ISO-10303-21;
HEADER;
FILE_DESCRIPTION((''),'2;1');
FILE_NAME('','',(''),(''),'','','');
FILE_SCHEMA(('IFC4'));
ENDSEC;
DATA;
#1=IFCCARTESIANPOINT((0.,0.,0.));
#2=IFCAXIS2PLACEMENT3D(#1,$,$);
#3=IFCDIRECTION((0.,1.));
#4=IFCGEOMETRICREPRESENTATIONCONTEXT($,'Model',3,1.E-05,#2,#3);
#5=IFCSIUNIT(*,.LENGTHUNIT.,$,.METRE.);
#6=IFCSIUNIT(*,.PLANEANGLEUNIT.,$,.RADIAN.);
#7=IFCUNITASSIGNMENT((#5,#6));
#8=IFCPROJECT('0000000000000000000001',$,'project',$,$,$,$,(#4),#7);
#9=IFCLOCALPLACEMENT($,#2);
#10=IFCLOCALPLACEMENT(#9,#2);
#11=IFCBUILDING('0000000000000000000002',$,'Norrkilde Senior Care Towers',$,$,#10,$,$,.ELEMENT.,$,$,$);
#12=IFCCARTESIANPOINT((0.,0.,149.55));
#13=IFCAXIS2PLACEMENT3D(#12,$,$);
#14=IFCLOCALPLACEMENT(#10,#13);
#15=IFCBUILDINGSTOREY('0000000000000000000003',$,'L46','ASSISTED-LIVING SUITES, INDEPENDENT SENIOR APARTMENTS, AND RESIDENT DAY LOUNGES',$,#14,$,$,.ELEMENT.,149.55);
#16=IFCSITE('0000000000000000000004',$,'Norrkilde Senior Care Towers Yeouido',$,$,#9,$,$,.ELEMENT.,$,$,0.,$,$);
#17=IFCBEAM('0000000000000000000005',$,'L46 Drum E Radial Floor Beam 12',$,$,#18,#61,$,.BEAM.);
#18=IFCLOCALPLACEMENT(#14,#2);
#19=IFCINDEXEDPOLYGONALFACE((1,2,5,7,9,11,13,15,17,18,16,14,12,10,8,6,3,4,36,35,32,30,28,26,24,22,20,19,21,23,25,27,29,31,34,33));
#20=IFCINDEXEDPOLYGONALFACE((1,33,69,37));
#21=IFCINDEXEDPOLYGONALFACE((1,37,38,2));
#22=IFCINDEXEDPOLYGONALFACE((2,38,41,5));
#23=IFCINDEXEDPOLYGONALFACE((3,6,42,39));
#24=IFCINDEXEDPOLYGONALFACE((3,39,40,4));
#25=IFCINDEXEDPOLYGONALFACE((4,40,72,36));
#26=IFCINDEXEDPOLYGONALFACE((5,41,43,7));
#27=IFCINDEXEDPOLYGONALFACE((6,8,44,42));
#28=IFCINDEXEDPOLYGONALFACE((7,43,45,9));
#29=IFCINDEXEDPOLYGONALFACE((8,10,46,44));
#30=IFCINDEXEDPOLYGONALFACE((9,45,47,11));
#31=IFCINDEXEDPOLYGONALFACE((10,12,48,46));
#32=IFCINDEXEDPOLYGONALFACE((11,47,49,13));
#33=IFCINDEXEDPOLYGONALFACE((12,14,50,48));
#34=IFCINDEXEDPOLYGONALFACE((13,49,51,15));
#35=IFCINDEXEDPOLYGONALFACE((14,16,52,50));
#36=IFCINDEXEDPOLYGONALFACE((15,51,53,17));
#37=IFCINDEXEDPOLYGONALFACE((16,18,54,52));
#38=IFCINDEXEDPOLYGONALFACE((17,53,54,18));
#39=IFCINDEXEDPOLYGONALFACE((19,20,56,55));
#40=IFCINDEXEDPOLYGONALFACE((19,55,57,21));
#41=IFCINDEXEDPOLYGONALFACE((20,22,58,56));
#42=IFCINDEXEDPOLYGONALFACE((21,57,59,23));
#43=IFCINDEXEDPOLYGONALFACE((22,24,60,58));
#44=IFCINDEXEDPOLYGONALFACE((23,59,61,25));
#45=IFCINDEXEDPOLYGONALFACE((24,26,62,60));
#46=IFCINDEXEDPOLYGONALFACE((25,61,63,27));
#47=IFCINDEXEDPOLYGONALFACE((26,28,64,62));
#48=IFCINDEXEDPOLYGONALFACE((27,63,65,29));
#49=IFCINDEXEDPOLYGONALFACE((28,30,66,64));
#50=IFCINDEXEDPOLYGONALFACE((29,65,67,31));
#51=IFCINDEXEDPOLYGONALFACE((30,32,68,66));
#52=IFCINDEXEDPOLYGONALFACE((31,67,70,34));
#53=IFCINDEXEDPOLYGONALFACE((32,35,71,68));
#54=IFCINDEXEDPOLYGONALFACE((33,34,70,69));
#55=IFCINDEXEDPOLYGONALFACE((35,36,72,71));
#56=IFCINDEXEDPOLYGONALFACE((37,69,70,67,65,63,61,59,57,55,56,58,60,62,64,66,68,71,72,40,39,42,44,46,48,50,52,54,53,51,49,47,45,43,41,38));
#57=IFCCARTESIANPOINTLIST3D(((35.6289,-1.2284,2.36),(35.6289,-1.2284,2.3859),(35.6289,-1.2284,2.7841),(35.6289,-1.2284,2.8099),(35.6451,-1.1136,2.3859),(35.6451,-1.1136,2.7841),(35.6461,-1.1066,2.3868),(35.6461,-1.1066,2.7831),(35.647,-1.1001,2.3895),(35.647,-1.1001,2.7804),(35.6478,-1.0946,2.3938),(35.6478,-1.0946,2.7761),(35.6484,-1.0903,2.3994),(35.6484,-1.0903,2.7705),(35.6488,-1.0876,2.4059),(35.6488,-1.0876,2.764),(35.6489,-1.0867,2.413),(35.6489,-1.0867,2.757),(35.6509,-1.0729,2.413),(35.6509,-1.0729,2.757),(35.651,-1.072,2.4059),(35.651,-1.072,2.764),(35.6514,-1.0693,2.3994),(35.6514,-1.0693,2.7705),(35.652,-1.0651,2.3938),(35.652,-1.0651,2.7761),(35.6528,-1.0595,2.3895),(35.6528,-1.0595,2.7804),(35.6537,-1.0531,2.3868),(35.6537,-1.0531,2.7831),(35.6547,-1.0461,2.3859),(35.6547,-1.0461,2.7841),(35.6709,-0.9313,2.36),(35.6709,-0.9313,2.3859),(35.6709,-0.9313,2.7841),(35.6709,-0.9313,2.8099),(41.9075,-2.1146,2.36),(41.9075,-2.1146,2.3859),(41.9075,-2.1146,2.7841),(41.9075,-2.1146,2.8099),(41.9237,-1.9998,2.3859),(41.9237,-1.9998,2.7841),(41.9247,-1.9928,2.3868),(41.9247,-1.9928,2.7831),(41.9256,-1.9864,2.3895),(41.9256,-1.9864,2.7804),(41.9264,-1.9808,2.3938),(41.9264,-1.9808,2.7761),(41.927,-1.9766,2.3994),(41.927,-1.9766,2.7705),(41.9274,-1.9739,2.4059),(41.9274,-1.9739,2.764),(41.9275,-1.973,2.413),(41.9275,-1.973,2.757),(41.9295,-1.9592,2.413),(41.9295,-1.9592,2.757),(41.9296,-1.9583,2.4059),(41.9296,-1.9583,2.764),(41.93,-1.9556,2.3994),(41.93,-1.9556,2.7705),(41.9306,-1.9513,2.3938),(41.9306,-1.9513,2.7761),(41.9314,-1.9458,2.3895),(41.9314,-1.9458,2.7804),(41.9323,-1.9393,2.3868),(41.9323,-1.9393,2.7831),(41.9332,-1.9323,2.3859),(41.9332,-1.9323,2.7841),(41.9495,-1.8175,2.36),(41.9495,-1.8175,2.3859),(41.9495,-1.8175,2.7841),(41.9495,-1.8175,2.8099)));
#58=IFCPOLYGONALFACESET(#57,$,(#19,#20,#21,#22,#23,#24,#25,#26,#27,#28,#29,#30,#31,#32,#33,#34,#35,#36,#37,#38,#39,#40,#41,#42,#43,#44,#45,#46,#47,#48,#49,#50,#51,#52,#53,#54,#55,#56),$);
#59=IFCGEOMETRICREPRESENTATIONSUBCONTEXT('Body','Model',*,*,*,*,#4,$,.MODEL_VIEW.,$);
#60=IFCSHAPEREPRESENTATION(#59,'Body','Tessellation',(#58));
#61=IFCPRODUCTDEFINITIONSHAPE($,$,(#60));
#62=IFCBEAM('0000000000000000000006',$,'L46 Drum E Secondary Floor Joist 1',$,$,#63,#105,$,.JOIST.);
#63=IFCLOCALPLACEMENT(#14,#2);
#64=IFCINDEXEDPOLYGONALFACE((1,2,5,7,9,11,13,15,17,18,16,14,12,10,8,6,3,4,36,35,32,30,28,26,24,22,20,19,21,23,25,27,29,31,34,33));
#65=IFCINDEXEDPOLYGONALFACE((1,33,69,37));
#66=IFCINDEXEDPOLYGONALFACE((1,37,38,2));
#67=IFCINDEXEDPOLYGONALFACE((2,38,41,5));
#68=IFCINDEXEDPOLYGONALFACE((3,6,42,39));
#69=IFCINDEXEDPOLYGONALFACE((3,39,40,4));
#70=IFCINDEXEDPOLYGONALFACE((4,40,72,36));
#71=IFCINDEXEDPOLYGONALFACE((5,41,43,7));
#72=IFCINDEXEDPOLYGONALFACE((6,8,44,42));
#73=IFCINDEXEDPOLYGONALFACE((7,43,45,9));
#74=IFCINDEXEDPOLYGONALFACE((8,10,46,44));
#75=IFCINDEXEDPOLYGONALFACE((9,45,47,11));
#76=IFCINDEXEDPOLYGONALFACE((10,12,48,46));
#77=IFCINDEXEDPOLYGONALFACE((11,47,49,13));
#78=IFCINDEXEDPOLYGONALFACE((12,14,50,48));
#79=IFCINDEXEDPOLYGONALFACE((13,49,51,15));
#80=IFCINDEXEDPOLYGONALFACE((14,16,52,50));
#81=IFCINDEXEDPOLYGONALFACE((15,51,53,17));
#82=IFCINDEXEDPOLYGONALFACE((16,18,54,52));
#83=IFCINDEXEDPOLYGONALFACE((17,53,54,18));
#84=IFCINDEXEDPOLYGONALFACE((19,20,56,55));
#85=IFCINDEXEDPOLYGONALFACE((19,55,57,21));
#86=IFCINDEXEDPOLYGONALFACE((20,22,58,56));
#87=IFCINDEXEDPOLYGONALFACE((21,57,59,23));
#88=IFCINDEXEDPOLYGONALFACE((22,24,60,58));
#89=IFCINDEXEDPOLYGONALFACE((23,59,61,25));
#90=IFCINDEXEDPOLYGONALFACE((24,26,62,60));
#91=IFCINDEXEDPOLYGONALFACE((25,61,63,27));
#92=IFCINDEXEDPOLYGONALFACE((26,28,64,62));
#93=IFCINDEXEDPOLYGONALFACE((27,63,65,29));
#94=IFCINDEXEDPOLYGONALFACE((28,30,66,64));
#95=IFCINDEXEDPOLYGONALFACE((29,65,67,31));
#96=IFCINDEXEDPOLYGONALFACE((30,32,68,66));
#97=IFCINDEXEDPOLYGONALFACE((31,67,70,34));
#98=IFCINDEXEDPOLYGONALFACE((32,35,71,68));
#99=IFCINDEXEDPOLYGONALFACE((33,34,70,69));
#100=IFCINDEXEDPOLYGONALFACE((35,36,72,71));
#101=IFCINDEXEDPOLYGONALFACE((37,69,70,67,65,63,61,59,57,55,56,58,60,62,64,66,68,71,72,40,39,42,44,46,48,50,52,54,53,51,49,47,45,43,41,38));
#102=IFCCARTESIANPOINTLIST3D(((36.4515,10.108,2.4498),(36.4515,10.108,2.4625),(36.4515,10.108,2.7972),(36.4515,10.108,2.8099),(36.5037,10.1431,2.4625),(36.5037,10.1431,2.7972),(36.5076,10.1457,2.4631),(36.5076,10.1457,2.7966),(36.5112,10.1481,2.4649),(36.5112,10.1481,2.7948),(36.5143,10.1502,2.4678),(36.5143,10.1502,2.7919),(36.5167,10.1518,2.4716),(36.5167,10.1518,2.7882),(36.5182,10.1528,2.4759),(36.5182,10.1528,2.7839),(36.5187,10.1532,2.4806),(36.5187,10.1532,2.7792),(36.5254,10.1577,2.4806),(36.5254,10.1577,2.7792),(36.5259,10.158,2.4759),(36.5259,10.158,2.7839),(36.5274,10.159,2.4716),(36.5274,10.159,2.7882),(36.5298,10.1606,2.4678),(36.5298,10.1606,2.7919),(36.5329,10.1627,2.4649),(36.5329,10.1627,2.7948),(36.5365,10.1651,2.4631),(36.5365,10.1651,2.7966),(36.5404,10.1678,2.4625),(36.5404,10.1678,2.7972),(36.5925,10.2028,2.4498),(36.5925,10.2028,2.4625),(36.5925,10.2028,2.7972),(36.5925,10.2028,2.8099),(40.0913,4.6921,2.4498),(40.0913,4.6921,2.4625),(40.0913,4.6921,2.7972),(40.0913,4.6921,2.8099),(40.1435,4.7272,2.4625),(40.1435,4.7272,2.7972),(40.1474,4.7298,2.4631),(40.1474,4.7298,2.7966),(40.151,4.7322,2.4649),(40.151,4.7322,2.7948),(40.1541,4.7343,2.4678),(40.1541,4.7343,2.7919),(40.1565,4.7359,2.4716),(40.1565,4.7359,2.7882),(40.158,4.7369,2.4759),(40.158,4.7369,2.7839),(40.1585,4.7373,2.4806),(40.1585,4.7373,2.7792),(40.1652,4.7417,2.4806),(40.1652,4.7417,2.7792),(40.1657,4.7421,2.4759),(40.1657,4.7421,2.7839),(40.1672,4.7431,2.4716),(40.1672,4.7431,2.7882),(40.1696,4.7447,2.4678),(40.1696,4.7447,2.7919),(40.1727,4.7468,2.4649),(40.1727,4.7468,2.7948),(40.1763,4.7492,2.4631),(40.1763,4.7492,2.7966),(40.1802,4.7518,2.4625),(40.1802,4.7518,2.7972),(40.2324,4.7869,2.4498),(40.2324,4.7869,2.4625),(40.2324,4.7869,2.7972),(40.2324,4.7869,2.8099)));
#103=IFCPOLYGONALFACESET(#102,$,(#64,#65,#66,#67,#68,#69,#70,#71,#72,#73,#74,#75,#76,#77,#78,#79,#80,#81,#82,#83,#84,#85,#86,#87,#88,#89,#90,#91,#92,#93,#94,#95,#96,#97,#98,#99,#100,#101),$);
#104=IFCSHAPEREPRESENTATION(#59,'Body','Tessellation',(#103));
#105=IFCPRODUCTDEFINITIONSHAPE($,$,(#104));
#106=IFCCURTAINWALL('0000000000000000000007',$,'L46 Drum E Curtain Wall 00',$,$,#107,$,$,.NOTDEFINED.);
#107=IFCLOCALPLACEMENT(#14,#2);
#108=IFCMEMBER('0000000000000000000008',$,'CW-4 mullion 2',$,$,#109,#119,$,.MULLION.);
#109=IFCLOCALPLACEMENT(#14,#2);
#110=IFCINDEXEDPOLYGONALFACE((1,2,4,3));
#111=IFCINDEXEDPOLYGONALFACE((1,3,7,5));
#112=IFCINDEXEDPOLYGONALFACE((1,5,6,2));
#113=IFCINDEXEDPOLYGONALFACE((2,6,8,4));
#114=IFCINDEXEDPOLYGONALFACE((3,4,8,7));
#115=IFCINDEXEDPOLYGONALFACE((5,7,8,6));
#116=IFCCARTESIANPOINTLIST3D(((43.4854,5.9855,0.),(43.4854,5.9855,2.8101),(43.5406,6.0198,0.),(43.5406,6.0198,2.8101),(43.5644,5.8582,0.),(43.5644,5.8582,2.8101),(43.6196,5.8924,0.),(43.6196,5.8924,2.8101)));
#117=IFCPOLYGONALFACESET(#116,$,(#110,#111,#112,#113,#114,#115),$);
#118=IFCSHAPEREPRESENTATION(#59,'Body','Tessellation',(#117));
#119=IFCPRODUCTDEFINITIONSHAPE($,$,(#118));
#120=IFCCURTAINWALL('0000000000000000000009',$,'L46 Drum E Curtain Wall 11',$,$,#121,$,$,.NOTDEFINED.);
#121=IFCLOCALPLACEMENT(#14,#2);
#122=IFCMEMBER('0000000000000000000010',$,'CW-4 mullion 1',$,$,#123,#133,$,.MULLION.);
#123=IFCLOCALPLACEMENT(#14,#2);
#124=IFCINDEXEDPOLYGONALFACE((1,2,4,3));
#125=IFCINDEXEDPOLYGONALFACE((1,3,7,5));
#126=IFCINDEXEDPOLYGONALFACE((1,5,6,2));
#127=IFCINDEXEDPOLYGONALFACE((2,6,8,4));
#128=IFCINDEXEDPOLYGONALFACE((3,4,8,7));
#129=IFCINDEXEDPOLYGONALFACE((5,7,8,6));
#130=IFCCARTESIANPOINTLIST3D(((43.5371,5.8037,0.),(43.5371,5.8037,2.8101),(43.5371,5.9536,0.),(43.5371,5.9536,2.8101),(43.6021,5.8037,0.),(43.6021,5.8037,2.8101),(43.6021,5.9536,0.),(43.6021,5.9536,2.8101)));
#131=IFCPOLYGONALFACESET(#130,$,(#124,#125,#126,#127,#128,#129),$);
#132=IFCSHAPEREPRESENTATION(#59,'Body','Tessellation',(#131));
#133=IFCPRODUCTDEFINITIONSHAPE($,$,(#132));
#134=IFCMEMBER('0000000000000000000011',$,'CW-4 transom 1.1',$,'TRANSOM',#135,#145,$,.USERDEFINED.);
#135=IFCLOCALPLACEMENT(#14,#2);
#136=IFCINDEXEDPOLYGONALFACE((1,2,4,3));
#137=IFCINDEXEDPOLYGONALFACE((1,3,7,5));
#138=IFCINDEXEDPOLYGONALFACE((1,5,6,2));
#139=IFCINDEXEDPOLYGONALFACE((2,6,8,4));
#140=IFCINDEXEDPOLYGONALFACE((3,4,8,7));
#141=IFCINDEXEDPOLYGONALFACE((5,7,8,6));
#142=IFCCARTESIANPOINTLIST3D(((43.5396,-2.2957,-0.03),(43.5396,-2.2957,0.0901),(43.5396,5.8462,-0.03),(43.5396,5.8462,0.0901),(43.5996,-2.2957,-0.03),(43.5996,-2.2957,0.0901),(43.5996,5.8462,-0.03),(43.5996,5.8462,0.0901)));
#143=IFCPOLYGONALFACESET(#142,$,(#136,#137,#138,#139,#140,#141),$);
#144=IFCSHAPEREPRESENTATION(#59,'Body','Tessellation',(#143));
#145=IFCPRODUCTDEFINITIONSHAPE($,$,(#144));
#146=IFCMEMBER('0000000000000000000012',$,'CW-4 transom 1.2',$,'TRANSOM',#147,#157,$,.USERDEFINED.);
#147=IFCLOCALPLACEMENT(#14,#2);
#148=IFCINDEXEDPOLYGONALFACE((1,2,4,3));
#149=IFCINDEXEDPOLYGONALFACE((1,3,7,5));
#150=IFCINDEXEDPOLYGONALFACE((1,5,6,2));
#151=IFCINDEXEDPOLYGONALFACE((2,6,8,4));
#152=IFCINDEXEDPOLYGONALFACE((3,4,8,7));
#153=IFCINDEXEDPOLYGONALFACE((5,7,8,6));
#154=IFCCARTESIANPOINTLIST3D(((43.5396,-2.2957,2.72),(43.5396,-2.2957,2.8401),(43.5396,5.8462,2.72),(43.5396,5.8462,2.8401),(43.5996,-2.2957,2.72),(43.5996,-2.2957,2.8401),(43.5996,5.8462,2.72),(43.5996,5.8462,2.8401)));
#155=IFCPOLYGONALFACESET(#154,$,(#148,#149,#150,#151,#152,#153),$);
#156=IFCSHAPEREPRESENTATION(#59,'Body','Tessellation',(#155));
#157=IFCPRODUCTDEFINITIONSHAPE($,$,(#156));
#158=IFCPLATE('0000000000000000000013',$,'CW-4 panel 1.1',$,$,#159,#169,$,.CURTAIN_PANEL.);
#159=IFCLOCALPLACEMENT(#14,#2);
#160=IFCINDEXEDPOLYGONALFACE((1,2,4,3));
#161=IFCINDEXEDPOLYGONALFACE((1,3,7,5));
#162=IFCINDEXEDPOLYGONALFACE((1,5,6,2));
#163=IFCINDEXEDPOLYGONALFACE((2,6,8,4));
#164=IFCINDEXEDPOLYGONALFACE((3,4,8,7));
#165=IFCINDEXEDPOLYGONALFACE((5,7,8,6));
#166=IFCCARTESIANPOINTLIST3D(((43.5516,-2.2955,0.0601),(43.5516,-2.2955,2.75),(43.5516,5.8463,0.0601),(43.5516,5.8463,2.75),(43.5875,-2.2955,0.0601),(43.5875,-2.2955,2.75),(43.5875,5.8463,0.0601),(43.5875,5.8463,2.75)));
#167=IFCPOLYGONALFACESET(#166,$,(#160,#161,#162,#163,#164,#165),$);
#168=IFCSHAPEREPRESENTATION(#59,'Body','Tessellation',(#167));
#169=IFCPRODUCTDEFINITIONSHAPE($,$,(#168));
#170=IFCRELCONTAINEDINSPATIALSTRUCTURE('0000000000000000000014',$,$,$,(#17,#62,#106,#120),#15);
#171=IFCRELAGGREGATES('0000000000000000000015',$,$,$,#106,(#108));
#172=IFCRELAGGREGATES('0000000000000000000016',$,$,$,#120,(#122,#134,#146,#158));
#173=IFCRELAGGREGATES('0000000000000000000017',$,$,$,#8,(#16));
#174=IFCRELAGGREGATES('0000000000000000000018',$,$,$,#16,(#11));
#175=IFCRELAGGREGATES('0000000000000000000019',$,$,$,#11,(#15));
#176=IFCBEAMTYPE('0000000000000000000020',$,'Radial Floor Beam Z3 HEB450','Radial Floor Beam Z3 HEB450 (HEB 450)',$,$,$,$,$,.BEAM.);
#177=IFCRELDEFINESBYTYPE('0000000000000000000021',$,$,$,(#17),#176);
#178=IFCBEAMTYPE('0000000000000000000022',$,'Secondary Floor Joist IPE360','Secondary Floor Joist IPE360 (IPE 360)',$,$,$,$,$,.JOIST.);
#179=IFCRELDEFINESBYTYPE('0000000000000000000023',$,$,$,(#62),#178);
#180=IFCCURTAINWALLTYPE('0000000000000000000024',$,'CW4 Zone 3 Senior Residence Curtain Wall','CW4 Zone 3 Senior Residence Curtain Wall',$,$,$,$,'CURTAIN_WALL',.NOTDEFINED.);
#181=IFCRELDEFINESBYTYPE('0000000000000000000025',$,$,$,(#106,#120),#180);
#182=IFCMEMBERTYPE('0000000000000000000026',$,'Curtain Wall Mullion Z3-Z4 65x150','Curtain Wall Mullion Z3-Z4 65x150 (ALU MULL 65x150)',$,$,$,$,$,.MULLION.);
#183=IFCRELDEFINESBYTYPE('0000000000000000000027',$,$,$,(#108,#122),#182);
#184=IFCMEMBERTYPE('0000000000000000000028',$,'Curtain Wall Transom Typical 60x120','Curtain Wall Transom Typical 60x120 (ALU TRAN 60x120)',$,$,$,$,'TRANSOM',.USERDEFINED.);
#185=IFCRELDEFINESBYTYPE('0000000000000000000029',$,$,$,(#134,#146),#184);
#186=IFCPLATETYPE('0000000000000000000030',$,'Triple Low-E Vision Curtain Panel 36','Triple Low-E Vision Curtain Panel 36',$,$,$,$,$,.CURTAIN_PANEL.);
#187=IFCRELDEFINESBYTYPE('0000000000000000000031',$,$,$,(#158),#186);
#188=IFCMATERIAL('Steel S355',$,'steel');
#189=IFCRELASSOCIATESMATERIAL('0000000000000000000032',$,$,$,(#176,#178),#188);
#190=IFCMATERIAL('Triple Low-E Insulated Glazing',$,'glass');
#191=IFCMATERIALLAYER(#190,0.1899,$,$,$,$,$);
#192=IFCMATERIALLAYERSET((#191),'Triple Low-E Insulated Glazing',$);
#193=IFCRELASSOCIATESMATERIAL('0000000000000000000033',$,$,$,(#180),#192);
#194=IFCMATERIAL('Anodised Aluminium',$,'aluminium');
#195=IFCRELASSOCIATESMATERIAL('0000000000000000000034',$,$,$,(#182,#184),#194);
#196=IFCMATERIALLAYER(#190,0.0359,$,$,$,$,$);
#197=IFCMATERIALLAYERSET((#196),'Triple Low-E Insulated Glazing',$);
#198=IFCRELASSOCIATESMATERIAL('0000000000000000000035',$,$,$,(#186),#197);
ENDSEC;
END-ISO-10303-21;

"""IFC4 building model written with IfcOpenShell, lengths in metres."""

from ifc_helpers import new_model, si_unit, direction, frame, origin, origin_2d, place, context, subcontext, project, spatial, rectangle, i_section, extrude, source, transform, mapped, material, layer, layer_set, material_profile, profile_set, type_object, type_shapes, element, aggregate, save


model = new_model("IFC4")

# Units and contexts
model_context = context("Model", 3, precision=1e-05, world=origin(), true_north=direction((0.0, 1.0)))
body_context = subcontext(model_context, "Body", "Model", "MODEL_VIEW")
ifc_project = project(units=[si_unit("LENGTHUNIT", "METRE"), si_unit("PLANEANGLEUNIT", "RADIAN")], contexts=[model_context])

# Site, building, storey
site_placement = place(None, origin())
site = spatial("IfcSite", under=ifc_project, at=site_placement, Name="Norrkilde Senior Care Towers Yeouido", CompositionType="ELEMENT", RefElevation=0.0)
building_placement = place(site_placement, origin())
building = spatial("IfcBuilding", under=site, at=building_placement, Name="Norrkilde Senior Care Towers", CompositionType="ELEMENT")
storey_placement = place(building_placement, frame((0.0, 0.0, 149.55)))
storey = spatial("IfcBuildingStorey", under=building, at=storey_placement, Name="L46", Description="ASSISTED-LIVING SUITES, INDEPENDENT SENIOR APARTMENTS, AND RESIDENT DAY LOUNGES", CompositionType="ELEMENT", Elevation=149.55)

# Beams
ifc_material_1 = material(Name="Steel S355", Category="steel")
ifc_material_profile_1 = material_profile(ifc_material_1, i_section(OverallWidth=0.3, OverallDepth=0.45, WebThickness=0.0139, FlangeThickness=0.0259, FilletRadius=0.0271, at=origin_2d()), Name="HEB 450")
ifc_profile_set_1 = profile_set([ifc_material_profile_1], Name="Steel S355")
beam_type_1 = type_object("IfcBeamType", Name="Radial Floor Beam Z3 HEB450", Description="Radial Floor Beam Z3 HEB450 (HEB 450)", PredefinedType="BEAM", material=ifc_profile_set_1)
shared_shape_1 = source(origin(), body_context, "Body", "SweptSolid", [
    extrude(i_section(OverallWidth=0.3, OverallDepth=0.45, WebThickness=0.0139, FlangeThickness=0.0259, FilletRadius=0.0271, at=origin_2d()), origin(), (0.0, 0.0, 1.0), 6.3408),
])
beam_1_placement = place(storey_placement, frame((35.6499, -1.0798, 2.585), z_axis=(0.990185, -0.139766, 0.0), x_axis=(0.139766, 0.990185, 0.0)))
element("IfcBeam", 1, at=beam_1_placement, inside=storey, type_object=beam_type_1, Name="L46 Drum E Radial Floor Beam 12", PredefinedType="BEAM", context=body_context, shape_type="MappedRepresentation", body=[
    mapped(shared_shape_1, transform((0.0, 0.0, 0.0), x_axis=(1.0, 0.0, 0.0), y_axis=(0.0, 1.0, 0.0), z_axis=(0.0, 0.0, 1.0), scale=1.0)),
])
ifc_material_profile_2 = material_profile(ifc_material_1, i_section(OverallWidth=0.1699, OverallDepth=0.3601, WebThickness=0.0081, FlangeThickness=0.0127, FilletRadius=0.0181, at=origin_2d()), Name="IPE 360")
ifc_profile_set_2 = profile_set([ifc_material_profile_2], Name="Steel S355")
beam_type_2 = type_object("IfcBeamType", Name="Secondary Floor Joist IPE360", Description="Secondary Floor Joist IPE360 (IPE 360)", PredefinedType="JOIST", material=ifc_profile_set_2)
shared_shape_2 = source(origin(), body_context, "Body", "SweptSolid", [
    extrude(i_section(OverallWidth=0.1699, OverallDepth=0.3601, WebThickness=0.0081, FlangeThickness=0.0127, FilletRadius=0.0181, at=origin_2d()), origin(), (0.0, 0.0, 1.0), 6.5254),
])
type_shapes(beam_type_2, [shared_shape_2])
beam_2_placement = place(storey_placement, frame((40.1619, 4.7395, 2.6299), z_axis=(-0.557796, 0.829978, 0.0), x_axis=(-0.829978, -0.557796, 0.0)))
element("IfcBeam", 2, at=beam_2_placement, inside=storey, type_object=beam_type_2, Name="L46 Drum E Secondary Floor Joist 1", PredefinedType="JOIST", context=body_context, shape_type="MappedRepresentation", body=[
    mapped(shared_shape_2, transform((0.0, 0.0, 0.0), x_axis=(1.0, 0.0, 0.0), y_axis=(0.0, 1.0, 0.0), z_axis=(0.0, 0.0, 1.0), scale=1.0)),
])

# Curtain wall, member
ifc_material_2 = material(Name="Triple Low-E Insulated Glazing", Category="glass")
ifc_layer_1 = layer(ifc_material_2, 0.1899)
ifc_layer_set_1 = layer_set([ifc_layer_1], Name="Triple Low-E Insulated Glazing")
curtain_wall_type = type_object("IfcCurtainWallType", Name="CW4 Zone 3 Senior Residence Curtain Wall", Description="CW4 Zone 3 Senior Residence Curtain Wall", ElementType="CURTAIN_WALL", PredefinedType="NOTDEFINED", material=ifc_layer_set_1)
curtain_wall_1_placement = place(storey_placement, origin())
curtain_wall_1 = element("IfcCurtainWall", 3, at=curtain_wall_1_placement, inside=storey, type_object=curtain_wall_type, Name="L46 Drum E Curtain Wall 00", PredefinedType="NOTDEFINED")
ifc_material_3 = material(Name="Anodised Aluminium", Category="aluminium")
ifc_material_profile_3 = material_profile(ifc_material_3, rectangle(XDim=0.0649, YDim=0.1499, at=origin_2d()), Name="ALU MULL 65x150")
ifc_profile_set_3 = profile_set([ifc_material_profile_3], Name="Anodised Aluminium")
member_type_1 = type_object("IfcMemberType", Name="Curtain Wall Mullion Z3-Z4 65x150", Description="Curtain Wall Mullion Z3-Z4 65x150 (ALU MULL 65x150)", PredefinedType="MULLION", material=ifc_profile_set_3)
shared_shape_3 = source(origin(), body_context, "Body", "SweptSolid", [
    extrude(rectangle(XDim=0.0649, YDim=0.1499, at=origin_2d()), origin(), (0.0, 0.0, 1.0), 2.8101),
])
type_shapes(member_type_1, [shared_shape_3])
member_1_placement = place(storey_placement, frame((43.5525, 5.939, 0.0), z_axis=(0.0, 0.0, 1.0), x_axis=(0.849634, 0.527373, 0.0)))
member_1 = element("IfcMember", 4, at=member_1_placement, type_object=member_type_1, Name="CW-4 mullion 2", PredefinedType="MULLION", context=body_context, shape_type="MappedRepresentation", body=[
    mapped(shared_shape_3, transform((0.0, 0.0, 0.0), x_axis=(1.0, 0.0, 0.0), y_axis=(0.0, 1.0, 0.0), z_axis=(0.0, 0.0, 1.0), scale=1.0)),
])
aggregate(curtain_wall_1, [member_1])

# Curtain wall, members, plate
curtain_wall_2_placement = place(storey_placement, origin())
curtain_wall_2 = element("IfcCurtainWall", 5, at=curtain_wall_2_placement, inside=storey, type_object=curtain_wall_type, Name="L46 Drum E Curtain Wall 11", PredefinedType="NOTDEFINED")
member_2_placement = place(storey_placement, frame((43.5696, 5.8787, 0.0), z_axis=(0.0, 0.0, 1.0), x_axis=(1.0, 0.0, 0.0)))
member_2 = element("IfcMember", 6, at=member_2_placement, type_object=member_type_1, Name="CW-4 mullion 1", PredefinedType="MULLION", context=body_context, shape_type="MappedRepresentation", body=[
    mapped(shared_shape_3, transform((0.0, 0.0, 0.0), x_axis=(1.0, 0.0, 0.0), y_axis=(0.0, 1.0, 0.0), z_axis=(0.0, 0.0, 1.0), scale=1.0)),
])
ifc_material_profile_4 = material_profile(ifc_material_3, rectangle(XDim=0.0601, YDim=0.1201, at=origin_2d()), Name="ALU TRAN 60x120")
ifc_profile_set_4 = profile_set([ifc_material_profile_4], Name="Anodised Aluminium")
member_type_2 = type_object("IfcMemberType", Name="Curtain Wall Transom Typical 60x120", Description="Curtain Wall Transom Typical 60x120 (ALU TRAN 60x120)", ElementType="TRANSOM", PredefinedType="USERDEFINED", material=ifc_profile_set_4)
shared_shape_4 = source(origin(), body_context, "Body", "SweptSolid", [
    extrude(rectangle(XDim=0.0601, YDim=0.1201, at=origin_2d()), origin(), (0.0, 0.0, 1.0), 8.1418),
])
type_shapes(member_type_2, [shared_shape_4])
member_3_placement = place(storey_placement, frame((43.5696, 5.8462, 0.03), z_axis=(0.0, -1.0, 0.0), x_axis=(1.0, 0.0, 0.0)))
member_3 = element("IfcMember", 7, at=member_3_placement, type_object=member_type_2, Name="CW-4 transom 1.1", ObjectType="TRANSOM", PredefinedType="USERDEFINED", context=body_context, shape_type="MappedRepresentation", body=[
    mapped(shared_shape_4, transform((0.0, 0.0, 0.0), x_axis=(1.0, 0.0, 0.0), y_axis=(0.0, 1.0, 0.0), z_axis=(0.0, 0.0, 1.0), scale=1.0)),
])
member_4_placement = place(storey_placement, frame((43.5696, 5.8462, 2.78), z_axis=(0.0, -1.0, 0.0), x_axis=(1.0, 0.0, 0.0)))
member_4 = element("IfcMember", 8, at=member_4_placement, type_object=member_type_2, Name="CW-4 transom 1.2", ObjectType="TRANSOM", PredefinedType="USERDEFINED", context=body_context, shape_type="MappedRepresentation", body=[
    mapped(shared_shape_4, transform((0.0, 0.0, 0.0), x_axis=(1.0, 0.0, 0.0), y_axis=(0.0, 1.0, 0.0), z_axis=(0.0, 0.0, 1.0), scale=1.0)),
])
ifc_layer_2 = layer(ifc_material_2, 0.0359)
ifc_layer_set_2 = layer_set([ifc_layer_2], Name="Triple Low-E Insulated Glazing")
plate_type = type_object("IfcPlateType", Name="Triple Low-E Vision Curtain Panel 36", Description="Triple Low-E Vision Curtain Panel 36", PredefinedType="CURTAIN_PANEL", material=ifc_layer_set_2)
shared_shape_5 = source(origin(), body_context, "Body", "SweptSolid", [
    extrude(rectangle(XDim=8.1418, YDim=0.0359, at=origin_2d()), origin(), (0.0, 0.0, 1.0), 2.6899),
])
type_shapes(plate_type, [shared_shape_5])
plate_placement = place(storey_placement, frame((43.5696, 1.7754, 0.0601), z_axis=(0.0, 0.0, 1.0), x_axis=(0.0, -1.0, 0.0)))
plate = element("IfcPlate", 9, at=plate_placement, type_object=plate_type, Name="CW-4 panel 1.1", PredefinedType="CURTAIN_PANEL", context=body_context, shape_type="MappedRepresentation", body=[
    mapped(shared_shape_5, transform((0.0, 0.0, 0.0), x_axis=(1.0, 0.0, 0.0), y_axis=(0.0, 1.0, 0.0), z_axis=(0.0, 0.0, 1.0), scale=1.0)),
])
aggregate(curtain_wall_2, [member_2, member_3, member_4, plate])

save(model, "model.ifc")
